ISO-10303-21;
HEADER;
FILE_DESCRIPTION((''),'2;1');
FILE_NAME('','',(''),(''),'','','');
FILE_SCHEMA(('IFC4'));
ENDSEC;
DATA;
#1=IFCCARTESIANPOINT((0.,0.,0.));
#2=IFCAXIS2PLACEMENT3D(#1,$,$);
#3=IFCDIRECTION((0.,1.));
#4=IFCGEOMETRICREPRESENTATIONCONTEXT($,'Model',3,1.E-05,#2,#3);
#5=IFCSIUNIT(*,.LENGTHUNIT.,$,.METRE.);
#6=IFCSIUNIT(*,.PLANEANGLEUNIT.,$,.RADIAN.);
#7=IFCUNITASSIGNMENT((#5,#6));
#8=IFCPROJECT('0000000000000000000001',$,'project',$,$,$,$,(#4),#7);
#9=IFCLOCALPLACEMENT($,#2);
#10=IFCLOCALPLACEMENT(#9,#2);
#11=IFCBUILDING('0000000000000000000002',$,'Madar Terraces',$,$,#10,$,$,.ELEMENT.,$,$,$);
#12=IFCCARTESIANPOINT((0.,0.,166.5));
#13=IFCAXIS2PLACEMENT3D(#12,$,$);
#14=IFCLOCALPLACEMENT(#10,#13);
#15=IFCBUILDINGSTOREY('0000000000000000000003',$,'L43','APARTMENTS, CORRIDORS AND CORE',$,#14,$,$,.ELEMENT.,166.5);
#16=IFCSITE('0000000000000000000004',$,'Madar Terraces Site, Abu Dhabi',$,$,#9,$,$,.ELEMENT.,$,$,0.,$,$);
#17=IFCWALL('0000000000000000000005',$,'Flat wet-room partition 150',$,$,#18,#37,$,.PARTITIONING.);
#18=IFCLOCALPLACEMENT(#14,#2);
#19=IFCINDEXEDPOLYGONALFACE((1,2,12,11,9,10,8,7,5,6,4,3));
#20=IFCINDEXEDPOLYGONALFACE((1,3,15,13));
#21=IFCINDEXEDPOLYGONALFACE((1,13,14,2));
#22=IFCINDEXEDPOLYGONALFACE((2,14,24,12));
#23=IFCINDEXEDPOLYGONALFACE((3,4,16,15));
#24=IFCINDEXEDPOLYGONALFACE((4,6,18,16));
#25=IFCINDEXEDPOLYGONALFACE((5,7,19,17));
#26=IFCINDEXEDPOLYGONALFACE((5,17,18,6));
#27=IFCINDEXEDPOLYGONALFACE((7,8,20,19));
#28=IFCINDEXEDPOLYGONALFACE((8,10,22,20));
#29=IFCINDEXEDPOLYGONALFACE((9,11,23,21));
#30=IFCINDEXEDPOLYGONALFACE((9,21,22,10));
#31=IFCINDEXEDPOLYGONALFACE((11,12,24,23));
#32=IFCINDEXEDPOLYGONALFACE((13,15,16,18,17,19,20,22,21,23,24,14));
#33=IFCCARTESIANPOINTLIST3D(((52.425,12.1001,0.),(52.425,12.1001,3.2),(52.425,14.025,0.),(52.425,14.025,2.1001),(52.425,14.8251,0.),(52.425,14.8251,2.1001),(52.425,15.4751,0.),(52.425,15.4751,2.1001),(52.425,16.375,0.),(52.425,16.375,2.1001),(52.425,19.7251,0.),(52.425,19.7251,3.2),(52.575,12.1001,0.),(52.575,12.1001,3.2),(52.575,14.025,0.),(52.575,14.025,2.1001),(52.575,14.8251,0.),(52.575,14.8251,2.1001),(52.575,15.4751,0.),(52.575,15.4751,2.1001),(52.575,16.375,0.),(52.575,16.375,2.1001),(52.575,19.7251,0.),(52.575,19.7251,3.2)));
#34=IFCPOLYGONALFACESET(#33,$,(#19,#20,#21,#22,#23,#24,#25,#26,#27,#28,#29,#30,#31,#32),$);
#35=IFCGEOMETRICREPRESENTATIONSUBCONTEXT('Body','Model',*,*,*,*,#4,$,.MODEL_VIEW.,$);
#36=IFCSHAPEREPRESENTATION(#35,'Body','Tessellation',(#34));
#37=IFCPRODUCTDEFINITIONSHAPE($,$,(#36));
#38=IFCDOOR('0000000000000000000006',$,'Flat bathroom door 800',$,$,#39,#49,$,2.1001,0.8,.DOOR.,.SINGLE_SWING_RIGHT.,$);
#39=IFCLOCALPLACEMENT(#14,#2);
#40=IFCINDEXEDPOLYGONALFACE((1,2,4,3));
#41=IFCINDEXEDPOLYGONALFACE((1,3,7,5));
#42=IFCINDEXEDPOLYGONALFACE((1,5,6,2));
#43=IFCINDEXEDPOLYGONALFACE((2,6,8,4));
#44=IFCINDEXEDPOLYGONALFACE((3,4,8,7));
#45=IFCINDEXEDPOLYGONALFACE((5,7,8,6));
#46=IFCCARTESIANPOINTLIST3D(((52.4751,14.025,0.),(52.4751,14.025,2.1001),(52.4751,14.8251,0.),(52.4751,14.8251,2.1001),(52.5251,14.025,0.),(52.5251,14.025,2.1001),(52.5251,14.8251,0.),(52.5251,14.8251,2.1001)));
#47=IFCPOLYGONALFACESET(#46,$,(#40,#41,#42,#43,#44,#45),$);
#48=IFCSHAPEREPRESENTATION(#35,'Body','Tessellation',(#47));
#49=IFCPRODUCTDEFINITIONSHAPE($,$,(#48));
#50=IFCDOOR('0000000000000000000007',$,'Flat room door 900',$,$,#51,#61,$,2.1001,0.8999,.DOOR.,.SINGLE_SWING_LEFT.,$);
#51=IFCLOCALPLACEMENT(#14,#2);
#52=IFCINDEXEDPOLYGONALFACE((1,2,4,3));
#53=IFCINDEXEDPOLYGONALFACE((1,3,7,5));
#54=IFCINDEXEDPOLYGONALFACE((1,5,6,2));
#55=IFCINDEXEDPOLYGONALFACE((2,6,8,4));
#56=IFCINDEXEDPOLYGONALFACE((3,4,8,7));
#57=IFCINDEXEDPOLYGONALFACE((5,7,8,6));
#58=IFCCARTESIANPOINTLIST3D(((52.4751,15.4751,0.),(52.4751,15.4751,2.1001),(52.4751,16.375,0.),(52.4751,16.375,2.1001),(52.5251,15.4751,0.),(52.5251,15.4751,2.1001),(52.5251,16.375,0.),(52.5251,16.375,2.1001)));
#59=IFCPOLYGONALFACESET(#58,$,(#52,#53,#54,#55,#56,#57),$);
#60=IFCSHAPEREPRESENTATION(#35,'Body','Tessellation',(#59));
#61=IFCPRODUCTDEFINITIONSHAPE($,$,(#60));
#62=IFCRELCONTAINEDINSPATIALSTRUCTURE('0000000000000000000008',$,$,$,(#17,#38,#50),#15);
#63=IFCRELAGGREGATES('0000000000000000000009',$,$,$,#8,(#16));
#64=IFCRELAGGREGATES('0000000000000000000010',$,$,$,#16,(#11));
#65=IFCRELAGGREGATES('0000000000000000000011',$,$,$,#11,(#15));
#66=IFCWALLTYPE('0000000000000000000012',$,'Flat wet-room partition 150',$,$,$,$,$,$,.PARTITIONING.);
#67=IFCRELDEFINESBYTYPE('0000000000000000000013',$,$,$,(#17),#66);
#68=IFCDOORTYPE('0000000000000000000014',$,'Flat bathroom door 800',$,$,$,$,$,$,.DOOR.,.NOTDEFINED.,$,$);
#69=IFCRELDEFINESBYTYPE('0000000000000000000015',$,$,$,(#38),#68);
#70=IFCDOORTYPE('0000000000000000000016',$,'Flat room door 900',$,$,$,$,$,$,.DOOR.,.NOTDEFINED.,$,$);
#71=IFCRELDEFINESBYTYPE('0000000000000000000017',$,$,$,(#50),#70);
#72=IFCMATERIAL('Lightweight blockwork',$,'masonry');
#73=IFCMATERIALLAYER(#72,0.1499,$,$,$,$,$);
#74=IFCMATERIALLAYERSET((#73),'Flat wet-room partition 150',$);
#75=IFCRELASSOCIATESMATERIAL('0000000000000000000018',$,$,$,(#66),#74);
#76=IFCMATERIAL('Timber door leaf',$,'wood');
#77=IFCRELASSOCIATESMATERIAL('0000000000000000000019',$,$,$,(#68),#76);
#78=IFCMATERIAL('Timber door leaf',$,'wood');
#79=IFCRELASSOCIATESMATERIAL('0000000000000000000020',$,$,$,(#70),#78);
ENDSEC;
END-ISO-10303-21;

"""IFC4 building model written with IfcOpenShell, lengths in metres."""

from ifc_helpers import new_model, si_unit, direction, frame, frame_2d, origin, place, context, subcontext, project, spatial, rectangle, extrude, material, layer, layer_set, type_object, element, fill, save


model = new_model("IFC4")

# Units and contexts
model_context = context("Model", 3, precision=1e-05, world=origin(), true_north=direction((0.0, 1.0)))
body_context = subcontext(model_context, "Body", "Model", "MODEL_VIEW")
ifc_project = project(units=[si_unit("LENGTHUNIT", "METRE"), si_unit("PLANEANGLEUNIT", "RADIAN")], contexts=[model_context])

# Site, building, storey
site_placement = place(None, origin())
site = spatial("IfcSite", under=ifc_project, at=site_placement, Name="Madar Terraces Site, Abu Dhabi", CompositionType="ELEMENT", RefElevation=0.0)
building_placement = place(site_placement, origin())
building = spatial("IfcBuilding", under=site, at=building_placement, Name="Madar Terraces", CompositionType="ELEMENT")
storey_placement = place(building_placement, frame((0.0, 0.0, 166.5)))
storey = spatial("IfcBuildingStorey", under=building, at=storey_placement, Name="L43", Description="APARTMENTS, CORRIDORS AND CORE", CompositionType="ELEMENT", Elevation=166.5)

# Shared definitions
ifc_material_1 = material(Name="Lightweight blockwork", Category="masonry")
ifc_layer_1 = layer(ifc_material_1, 0.1499)
ifc_layer_set_1 = layer_set([ifc_layer_1], Name="Flat wet-room partition 150")
wall_type_1 = type_object("IfcWallType", Name="Flat wet-room partition 150", PredefinedType="PARTITIONING", material=ifc_layer_set_1)

# Wall, openings, doors
wall_1_placement = place(storey_placement, frame((52.5, 12.1001, 0.0), z_axis=(0.0, 0.0, 1.0), x_axis=(0.0, 1.0, 0.0)))
wall_1 = element("IfcWall", 1, at=wall_1_placement, inside=storey, type_object=wall_type_1, Name="Flat wet-room partition 150", PredefinedType="PARTITIONING", context=body_context, shape_type="SweptSolid", body=[
    extrude(rectangle(XDim=7.625, YDim=0.1499, at=frame_2d((3.8125, 0.0))), origin(), (0.0, 0.0, 1.0), 3.2),
])
opening_1_placement = place(wall_1_placement, frame((3.375, 0.0, 0.0)))
opening_1 = element("IfcOpeningElement", 2, at=opening_1_placement, cuts=wall_1, PredefinedType="OPENING", context=body_context, shape_type="SweptSolid", body=[
    extrude(rectangle(XDim=0.8999, YDim=2.1001, at=frame_2d((0.45, 1.05))), frame((0.0, 0.085, 0.0), z_axis=(0.0, -1.0, 0.0), x_axis=(1.0, 0.0, 0.0)), (0.0, 0.0, 1.0), 0.1699),
])
opening_2_placement = place(wall_1_placement, frame((1.925, 0.0, 0.0)))
opening_2 = element("IfcOpeningElement", 3, at=opening_2_placement, cuts=wall_1, PredefinedType="OPENING", context=body_context, shape_type="SweptSolid", body=[
    extrude(rectangle(XDim=0.8, YDim=2.1001, at=frame_2d((0.3999, 1.05))), frame((0.0, 0.085, 0.0), z_axis=(0.0, -1.0, 0.0), x_axis=(1.0, 0.0, 0.0)), (0.0, 0.0, 1.0), 0.1699),
])
ifc_material_2 = material(Name="Timber door leaf", Category="wood")
door_type_1 = type_object("IfcDoorType", Name="Flat bathroom door 800", OperationType="NOTDEFINED", PredefinedType="DOOR", material=ifc_material_2)
door_1_placement = place(opening_2_placement, origin())
door_1 = element("IfcDoor", 4, at=door_1_placement, inside=storey, type_object=door_type_1, Name="Flat bathroom door 800", OperationType="SINGLE_SWING_RIGHT", OverallHeight=2.1001, OverallWidth=0.8, PredefinedType="DOOR", context=body_context, shape_type="SweptSolid", body=[
    extrude(rectangle(XDim=0.8, YDim=2.1001, at=frame_2d((0.3999, 1.05))), frame((0.0, 0.0249, 0.0), z_axis=(0.0, -1.0, 0.0), x_axis=(1.0, 0.0, 0.0)), (0.0, 0.0, 1.0), 0.05),
])
fill(opening_2, door_1)
ifc_material_3 = material(Name="Timber door leaf", Category="wood")
door_type_2 = type_object("IfcDoorType", Name="Flat room door 900", OperationType="NOTDEFINED", PredefinedType="DOOR", material=ifc_material_3)
door_2_placement = place(opening_1_placement, origin())
door_2 = element("IfcDoor", 5, at=door_2_placement, inside=storey, type_object=door_type_2, Name="Flat room door 900", OperationType="SINGLE_SWING_LEFT", OverallHeight=2.1001, OverallWidth=0.8999, PredefinedType="DOOR", context=body_context, shape_type="SweptSolid", body=[
    extrude(rectangle(XDim=0.8999, YDim=2.1001, at=frame_2d((0.45, 1.05))), frame((0.0, 0.0249, 0.0), z_axis=(0.0, -1.0, 0.0), x_axis=(1.0, 0.0, 0.0)), (0.0, 0.0, 1.0), 0.05),
])
fill(opening_1, door_2)

save(model, "model.ifc")
